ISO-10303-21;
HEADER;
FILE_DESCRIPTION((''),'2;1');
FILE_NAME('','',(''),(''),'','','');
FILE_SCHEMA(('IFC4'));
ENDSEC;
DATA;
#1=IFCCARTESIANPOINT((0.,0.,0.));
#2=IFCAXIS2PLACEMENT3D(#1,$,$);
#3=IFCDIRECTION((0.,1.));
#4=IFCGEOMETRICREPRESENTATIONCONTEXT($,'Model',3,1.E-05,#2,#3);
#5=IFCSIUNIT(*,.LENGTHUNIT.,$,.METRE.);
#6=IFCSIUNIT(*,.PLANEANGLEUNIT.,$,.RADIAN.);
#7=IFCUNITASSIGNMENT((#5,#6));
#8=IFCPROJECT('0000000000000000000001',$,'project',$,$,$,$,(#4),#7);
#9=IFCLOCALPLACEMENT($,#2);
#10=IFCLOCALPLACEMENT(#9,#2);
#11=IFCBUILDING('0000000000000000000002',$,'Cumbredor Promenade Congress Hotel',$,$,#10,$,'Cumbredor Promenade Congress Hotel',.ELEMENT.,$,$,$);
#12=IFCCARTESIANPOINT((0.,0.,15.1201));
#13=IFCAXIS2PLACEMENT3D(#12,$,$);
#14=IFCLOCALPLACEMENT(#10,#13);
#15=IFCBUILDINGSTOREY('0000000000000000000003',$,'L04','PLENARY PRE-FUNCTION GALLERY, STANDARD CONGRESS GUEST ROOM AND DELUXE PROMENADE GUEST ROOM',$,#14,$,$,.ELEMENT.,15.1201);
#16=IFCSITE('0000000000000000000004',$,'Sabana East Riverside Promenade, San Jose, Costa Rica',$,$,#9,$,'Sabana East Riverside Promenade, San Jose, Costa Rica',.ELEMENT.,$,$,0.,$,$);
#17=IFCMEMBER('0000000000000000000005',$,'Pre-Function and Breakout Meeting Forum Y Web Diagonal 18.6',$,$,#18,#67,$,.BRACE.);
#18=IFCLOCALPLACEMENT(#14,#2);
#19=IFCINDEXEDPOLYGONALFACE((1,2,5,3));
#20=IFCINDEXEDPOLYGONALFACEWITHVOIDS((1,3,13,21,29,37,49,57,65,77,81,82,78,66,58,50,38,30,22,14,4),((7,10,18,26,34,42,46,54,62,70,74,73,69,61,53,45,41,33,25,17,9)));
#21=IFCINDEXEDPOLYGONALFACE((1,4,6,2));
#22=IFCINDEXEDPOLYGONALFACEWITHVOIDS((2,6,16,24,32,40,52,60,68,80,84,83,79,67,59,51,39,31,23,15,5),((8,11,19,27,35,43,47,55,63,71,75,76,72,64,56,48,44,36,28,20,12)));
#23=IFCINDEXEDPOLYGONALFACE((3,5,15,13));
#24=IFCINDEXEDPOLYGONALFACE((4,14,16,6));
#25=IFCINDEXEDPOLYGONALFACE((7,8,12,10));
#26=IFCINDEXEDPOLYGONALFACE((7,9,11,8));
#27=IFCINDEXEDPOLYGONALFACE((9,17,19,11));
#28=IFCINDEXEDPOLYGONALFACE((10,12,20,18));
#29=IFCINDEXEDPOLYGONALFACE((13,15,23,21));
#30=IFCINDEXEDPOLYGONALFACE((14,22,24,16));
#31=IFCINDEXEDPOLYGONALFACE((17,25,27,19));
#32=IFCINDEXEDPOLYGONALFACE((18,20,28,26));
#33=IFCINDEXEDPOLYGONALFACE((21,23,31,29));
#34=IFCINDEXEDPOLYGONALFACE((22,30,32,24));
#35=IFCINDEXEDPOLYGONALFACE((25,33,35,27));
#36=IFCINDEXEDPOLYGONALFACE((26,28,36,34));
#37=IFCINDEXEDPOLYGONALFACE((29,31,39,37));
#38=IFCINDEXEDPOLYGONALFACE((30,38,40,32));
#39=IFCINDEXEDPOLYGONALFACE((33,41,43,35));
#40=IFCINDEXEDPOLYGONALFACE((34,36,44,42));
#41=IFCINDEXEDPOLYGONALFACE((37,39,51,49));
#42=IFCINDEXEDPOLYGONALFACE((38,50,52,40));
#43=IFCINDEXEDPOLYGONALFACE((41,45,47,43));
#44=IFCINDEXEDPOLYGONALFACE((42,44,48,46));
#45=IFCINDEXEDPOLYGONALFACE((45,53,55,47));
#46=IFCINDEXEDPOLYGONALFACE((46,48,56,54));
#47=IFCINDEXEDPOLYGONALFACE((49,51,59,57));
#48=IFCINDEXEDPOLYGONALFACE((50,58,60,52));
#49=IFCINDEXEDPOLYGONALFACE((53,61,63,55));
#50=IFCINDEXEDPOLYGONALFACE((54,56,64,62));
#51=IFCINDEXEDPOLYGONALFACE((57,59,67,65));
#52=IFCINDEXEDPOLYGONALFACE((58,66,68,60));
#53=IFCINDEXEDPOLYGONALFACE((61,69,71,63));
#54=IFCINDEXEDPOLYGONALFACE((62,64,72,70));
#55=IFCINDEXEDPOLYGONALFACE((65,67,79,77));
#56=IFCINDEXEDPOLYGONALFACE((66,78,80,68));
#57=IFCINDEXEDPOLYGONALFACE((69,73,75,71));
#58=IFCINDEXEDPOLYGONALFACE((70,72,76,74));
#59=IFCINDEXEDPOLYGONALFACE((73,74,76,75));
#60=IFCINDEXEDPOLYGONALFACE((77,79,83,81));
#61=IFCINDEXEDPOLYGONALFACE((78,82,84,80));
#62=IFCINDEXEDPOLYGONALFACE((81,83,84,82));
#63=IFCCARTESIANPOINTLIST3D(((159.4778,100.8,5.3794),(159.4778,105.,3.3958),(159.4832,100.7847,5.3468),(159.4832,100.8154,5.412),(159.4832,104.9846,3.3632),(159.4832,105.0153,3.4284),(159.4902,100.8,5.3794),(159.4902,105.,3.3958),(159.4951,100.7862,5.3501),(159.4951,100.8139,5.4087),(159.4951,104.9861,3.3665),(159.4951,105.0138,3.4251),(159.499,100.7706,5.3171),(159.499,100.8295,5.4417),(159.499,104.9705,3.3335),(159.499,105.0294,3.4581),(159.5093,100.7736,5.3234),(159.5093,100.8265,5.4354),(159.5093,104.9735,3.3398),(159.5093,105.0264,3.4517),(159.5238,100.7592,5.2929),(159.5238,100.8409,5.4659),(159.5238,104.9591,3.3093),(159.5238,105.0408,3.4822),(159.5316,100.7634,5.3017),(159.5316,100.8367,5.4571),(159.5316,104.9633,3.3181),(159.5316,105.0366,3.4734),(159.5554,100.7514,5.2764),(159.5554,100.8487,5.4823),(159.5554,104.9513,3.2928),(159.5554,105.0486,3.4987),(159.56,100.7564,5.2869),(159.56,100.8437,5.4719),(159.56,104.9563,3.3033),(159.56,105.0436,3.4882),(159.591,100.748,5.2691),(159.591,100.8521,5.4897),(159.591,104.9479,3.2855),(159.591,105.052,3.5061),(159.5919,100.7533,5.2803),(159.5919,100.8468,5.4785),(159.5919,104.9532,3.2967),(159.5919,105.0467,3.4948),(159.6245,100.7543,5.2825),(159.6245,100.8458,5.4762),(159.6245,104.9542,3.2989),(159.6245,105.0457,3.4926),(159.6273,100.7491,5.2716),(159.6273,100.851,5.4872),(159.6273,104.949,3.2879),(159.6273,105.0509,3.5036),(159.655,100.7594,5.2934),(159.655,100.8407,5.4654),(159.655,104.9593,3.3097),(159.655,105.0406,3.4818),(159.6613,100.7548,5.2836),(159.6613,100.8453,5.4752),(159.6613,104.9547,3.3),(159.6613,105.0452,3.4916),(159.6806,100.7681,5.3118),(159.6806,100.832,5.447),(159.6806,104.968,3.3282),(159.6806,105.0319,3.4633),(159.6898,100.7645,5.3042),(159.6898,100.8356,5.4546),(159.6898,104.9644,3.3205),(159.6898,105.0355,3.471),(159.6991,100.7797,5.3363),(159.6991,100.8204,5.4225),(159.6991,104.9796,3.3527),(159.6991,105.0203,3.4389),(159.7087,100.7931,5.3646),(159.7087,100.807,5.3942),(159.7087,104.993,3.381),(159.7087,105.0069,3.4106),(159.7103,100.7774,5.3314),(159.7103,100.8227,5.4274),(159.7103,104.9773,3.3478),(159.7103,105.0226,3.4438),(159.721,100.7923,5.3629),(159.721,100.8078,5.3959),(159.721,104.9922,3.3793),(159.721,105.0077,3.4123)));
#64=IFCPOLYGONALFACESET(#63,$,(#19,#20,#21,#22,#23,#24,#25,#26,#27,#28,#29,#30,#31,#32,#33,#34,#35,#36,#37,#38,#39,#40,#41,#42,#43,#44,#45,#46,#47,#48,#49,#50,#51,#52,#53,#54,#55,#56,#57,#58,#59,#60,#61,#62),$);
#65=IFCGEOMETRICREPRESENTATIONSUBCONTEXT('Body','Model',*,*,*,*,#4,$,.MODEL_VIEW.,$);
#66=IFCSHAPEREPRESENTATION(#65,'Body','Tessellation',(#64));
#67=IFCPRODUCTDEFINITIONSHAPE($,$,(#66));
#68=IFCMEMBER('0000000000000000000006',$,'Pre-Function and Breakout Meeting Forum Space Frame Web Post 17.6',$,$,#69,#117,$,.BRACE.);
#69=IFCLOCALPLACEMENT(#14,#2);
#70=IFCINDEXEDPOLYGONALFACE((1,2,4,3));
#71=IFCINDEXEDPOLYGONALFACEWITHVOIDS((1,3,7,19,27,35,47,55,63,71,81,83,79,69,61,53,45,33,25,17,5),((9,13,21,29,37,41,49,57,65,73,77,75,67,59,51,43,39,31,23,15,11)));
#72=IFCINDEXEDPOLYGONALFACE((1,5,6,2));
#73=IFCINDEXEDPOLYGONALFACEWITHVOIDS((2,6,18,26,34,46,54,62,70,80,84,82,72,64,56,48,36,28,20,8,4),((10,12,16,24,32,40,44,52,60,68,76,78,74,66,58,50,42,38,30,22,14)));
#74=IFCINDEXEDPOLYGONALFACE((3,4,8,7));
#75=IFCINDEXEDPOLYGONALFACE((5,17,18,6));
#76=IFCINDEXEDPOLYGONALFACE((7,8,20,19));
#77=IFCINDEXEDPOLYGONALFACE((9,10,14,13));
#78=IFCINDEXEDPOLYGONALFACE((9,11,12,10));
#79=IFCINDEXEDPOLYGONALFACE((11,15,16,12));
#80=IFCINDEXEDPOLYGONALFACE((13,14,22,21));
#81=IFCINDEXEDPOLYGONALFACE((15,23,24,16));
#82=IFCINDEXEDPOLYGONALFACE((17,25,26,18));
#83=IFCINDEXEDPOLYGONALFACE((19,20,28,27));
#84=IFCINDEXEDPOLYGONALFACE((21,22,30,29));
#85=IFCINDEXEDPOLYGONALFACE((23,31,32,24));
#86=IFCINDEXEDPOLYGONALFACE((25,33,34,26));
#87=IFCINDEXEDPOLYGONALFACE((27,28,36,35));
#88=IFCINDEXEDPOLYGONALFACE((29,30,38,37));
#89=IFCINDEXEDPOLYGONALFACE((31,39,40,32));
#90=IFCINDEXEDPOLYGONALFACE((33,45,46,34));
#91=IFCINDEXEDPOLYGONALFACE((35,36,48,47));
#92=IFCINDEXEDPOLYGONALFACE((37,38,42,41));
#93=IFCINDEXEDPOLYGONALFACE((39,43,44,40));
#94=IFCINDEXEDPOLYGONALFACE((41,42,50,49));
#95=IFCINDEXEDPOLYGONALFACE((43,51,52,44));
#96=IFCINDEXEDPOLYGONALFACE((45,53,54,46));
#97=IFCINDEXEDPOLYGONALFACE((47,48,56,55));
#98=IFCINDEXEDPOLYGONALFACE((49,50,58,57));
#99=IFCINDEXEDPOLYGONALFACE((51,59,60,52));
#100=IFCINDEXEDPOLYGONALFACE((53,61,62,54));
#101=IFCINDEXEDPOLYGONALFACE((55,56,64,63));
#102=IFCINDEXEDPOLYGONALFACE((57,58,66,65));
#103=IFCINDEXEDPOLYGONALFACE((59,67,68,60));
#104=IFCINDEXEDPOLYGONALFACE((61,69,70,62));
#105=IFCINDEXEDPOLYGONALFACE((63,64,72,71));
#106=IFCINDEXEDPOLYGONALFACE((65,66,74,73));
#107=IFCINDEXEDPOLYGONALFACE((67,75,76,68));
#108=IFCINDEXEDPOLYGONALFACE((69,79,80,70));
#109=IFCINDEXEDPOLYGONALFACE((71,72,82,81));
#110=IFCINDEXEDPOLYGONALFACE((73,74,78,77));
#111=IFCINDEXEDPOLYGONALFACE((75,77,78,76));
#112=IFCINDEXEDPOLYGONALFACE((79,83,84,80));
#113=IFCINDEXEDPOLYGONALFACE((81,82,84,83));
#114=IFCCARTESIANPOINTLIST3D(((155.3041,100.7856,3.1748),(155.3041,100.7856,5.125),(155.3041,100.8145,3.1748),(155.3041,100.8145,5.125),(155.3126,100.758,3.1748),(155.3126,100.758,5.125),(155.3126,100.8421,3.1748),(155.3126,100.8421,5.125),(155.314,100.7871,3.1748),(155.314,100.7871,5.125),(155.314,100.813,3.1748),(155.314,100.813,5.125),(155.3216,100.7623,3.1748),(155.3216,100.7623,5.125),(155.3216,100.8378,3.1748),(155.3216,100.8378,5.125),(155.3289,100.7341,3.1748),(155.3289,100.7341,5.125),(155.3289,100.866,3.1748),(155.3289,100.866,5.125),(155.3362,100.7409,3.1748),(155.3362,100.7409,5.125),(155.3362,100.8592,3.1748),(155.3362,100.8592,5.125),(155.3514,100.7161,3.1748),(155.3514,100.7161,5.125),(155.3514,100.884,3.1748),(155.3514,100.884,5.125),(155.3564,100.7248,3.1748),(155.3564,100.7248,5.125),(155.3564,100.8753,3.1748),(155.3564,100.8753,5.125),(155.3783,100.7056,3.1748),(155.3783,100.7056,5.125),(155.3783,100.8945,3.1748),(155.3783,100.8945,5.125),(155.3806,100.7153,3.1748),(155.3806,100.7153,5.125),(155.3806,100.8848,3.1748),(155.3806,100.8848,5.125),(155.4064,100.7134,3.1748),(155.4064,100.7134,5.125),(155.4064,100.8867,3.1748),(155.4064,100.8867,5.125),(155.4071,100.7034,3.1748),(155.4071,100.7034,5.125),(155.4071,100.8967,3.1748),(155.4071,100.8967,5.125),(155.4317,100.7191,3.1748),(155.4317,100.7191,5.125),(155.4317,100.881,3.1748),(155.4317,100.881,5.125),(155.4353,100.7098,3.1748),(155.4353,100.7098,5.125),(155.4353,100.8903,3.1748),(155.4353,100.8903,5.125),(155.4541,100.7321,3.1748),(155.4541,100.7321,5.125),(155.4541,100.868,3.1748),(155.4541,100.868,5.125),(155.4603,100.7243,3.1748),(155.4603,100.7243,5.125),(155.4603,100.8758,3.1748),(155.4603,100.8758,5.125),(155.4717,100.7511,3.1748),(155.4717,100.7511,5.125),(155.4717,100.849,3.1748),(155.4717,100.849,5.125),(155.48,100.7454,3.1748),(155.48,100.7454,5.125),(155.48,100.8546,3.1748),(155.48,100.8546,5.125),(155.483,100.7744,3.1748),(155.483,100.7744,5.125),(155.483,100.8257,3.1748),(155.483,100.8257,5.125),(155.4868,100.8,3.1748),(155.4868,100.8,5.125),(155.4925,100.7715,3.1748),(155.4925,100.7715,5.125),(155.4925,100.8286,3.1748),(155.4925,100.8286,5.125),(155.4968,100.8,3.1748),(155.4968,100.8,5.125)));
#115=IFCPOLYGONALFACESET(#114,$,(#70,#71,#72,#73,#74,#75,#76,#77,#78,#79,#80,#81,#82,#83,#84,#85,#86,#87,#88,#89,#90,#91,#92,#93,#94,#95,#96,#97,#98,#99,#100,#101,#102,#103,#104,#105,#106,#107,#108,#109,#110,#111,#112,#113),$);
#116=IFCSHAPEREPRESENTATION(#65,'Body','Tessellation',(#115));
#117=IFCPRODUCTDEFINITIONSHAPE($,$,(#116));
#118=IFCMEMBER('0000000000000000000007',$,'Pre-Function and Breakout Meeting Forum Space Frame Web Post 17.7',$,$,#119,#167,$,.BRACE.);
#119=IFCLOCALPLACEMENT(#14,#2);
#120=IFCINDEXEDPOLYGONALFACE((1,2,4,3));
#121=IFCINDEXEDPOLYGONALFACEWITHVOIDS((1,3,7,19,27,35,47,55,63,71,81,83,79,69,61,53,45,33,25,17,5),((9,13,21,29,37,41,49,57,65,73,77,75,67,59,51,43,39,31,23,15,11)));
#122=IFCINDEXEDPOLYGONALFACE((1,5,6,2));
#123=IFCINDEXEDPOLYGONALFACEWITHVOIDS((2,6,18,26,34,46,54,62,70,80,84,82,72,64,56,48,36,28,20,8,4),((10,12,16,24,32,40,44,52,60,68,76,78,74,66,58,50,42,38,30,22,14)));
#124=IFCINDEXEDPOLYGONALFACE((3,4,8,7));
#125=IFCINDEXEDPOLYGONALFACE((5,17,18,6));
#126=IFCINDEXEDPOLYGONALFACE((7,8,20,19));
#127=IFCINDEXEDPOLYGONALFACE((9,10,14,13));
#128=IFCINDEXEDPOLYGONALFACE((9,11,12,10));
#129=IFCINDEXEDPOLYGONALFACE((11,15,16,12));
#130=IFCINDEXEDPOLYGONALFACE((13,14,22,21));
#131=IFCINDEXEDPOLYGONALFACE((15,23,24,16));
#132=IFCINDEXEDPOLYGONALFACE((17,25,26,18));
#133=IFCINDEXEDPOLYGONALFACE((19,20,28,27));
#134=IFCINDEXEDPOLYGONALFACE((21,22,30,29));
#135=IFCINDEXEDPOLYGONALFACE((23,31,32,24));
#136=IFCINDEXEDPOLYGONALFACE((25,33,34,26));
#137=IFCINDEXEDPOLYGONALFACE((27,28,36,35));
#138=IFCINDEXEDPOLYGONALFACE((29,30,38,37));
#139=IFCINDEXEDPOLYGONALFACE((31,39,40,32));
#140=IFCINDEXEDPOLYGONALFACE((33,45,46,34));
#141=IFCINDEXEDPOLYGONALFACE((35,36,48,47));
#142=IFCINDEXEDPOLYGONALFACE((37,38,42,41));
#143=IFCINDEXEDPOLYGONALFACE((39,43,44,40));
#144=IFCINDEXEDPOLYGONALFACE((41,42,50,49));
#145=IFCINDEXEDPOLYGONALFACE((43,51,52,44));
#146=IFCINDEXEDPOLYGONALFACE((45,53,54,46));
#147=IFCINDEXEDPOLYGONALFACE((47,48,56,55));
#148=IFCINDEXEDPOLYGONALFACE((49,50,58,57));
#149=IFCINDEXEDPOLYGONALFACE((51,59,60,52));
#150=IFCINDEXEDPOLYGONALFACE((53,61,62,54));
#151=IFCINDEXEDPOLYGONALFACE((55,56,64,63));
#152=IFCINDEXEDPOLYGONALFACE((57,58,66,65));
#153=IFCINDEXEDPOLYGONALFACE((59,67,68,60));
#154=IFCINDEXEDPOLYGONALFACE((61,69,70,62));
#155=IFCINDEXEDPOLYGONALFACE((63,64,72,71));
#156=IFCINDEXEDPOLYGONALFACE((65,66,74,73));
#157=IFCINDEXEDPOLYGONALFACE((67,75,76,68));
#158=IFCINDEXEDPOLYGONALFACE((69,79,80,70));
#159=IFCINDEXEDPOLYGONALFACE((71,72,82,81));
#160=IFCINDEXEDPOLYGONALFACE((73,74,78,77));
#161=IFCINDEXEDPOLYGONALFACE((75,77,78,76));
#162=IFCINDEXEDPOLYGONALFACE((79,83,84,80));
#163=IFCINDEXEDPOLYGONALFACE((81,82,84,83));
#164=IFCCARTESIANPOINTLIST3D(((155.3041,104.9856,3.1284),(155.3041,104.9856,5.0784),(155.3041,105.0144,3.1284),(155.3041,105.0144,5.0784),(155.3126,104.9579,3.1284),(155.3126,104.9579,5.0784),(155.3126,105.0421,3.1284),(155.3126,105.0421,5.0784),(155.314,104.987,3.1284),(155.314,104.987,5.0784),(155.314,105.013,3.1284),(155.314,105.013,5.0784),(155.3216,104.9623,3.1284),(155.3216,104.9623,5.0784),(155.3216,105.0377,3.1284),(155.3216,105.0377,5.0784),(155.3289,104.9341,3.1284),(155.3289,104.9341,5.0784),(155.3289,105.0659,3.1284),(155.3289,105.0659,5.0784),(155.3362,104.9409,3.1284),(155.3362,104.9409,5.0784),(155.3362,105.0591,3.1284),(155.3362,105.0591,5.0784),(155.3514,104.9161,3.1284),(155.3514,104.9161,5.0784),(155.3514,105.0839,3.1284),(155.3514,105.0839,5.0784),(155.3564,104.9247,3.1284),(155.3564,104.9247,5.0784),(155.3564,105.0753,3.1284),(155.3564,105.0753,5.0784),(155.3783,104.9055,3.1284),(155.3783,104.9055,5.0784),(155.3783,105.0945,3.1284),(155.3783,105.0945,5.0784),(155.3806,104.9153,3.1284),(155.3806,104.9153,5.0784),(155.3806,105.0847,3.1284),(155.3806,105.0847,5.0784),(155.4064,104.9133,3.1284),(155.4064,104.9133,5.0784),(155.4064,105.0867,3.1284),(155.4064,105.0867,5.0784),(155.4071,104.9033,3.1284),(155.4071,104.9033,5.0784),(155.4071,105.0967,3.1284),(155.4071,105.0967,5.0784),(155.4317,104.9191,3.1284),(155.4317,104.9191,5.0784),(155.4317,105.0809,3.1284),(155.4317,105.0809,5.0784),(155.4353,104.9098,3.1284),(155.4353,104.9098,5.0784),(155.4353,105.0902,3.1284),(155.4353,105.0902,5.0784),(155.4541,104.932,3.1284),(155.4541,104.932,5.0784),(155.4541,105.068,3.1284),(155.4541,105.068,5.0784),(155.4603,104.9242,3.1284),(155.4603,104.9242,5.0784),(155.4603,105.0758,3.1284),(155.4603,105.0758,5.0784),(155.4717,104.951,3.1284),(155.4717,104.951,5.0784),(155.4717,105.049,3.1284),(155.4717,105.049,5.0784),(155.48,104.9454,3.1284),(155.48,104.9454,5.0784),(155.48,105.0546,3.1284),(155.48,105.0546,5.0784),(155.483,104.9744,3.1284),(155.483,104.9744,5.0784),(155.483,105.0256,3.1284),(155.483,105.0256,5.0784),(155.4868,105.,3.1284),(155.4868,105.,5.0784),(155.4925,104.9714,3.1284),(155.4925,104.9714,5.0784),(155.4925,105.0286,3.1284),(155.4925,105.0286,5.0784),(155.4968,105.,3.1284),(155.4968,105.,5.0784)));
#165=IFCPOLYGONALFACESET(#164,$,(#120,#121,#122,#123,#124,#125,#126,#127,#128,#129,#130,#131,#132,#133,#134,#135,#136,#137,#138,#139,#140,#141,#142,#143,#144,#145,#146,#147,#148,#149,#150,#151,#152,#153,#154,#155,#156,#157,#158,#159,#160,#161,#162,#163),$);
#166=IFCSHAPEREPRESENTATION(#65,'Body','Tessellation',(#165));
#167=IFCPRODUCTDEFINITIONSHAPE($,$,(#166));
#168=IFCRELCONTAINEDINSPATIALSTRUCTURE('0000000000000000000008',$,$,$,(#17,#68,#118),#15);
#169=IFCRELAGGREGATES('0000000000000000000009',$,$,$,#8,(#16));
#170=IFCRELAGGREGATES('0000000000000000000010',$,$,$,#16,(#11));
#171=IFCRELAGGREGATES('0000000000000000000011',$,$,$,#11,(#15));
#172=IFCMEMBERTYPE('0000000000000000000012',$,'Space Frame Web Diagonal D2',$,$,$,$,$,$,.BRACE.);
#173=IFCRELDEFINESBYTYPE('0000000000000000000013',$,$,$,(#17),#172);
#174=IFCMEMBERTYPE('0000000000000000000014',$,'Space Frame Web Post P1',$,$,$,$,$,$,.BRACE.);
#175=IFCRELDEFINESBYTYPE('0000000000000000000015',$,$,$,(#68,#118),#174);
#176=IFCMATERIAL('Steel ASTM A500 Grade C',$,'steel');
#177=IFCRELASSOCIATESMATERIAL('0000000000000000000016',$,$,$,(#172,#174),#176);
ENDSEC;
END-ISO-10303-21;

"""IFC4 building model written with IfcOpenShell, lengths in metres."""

from ifc_helpers import new_model, si_unit, direction, frame, origin, origin_2d, place, context, subcontext, project, spatial, hollow_circle, extrude, material, material_profile, profile_set, type_object, element, save


model = new_model("IFC4")

# Units and contexts
model_context = context("Model", 3, precision=1e-05, world=origin(), true_north=direction((0.0, 1.0)))
body_context = subcontext(model_context, "Body", "Model", "MODEL_VIEW")
ifc_project = project(units=[si_unit("LENGTHUNIT", "METRE"), si_unit("PLANEANGLEUNIT", "RADIAN")], contexts=[model_context])

# Site, building, storey
site_placement = place(None, origin())
site = spatial("IfcSite", under=ifc_project, at=site_placement, Name="Sabana East Riverside Promenade, San Jose, Costa Rica", LongName="Sabana East Riverside Promenade, San Jose, Costa Rica", CompositionType="ELEMENT", RefElevation=0.0)
building_placement = place(site_placement, origin())
building = spatial("IfcBuilding", under=site, at=building_placement, Name="Cumbredor Promenade Congress Hotel", LongName="Cumbredor Promenade Congress Hotel", CompositionType="ELEMENT")
storey_placement = place(building_placement, frame((0.0, 0.0, 15.1201)))
storey = spatial("IfcBuildingStorey", under=building, at=storey_placement, Name="L04", Description="PLENARY PRE-FUNCTION GALLERY, STANDARD CONGRESS GUEST ROOM AND DELUXE PROMENADE GUEST ROOM", CompositionType="ELEMENT", Elevation=15.1201)

# Members
ifc_material_1 = material(Name="Steel ASTM A500 Grade C", Category="steel")
ifc_material_profile_1 = material_profile(ifc_material_1, hollow_circle(Radius=0.1223, WallThickness=0.0125, at=origin_2d()), Name="CHS 244.5x12.5")
ifc_profile_set_1 = profile_set([ifc_material_profile_1], Name="Steel ASTM A500 Grade C")
member_type_1 = type_object("IfcMemberType", Name="Space Frame Web Diagonal D2", PredefinedType="BRACE", material=ifc_profile_set_1)
member_1_placement = place(storey_placement, frame((159.6001, 100.8, 5.3794), z_axis=(0.0, 0.904221, -0.427065), x_axis=(-1.0, 0.0, 0.0)))
element("IfcMember", 1, at=member_1_placement, inside=storey, type_object=member_type_1, Name="Pre-Function and Breakout Meeting Forum Y Web Diagonal 18.6", PredefinedType="BRACE", context=body_context, shape_type="SweptSolid", body=[
    extrude(hollow_circle(Radius=0.1223, WallThickness=0.0125, at=origin_2d()), origin(), (0.0, 0.0, 1.0), 4.6448),
])
ifc_material_profile_2 = material_profile(ifc_material_1, hollow_circle(Radius=0.0969, WallThickness=0.01, at=origin_2d()), Name="CHS 193.7x10")
ifc_profile_set_2 = profile_set([ifc_material_profile_2], Name="Steel ASTM A500 Grade C")
member_type_2 = type_object("IfcMemberType", Name="Space Frame Web Post P1", PredefinedType="BRACE", material=ifc_profile_set_2)
member_2_placement = place(storey_placement, frame((155.3999, 100.8, 3.1748), z_axis=(0.0, 0.0, 1.0), x_axis=(1.0, 0.0, 0.0)))
element("IfcMember", 2, at=member_2_placement, inside=storey, type_object=member_type_2, Name="Pre-Function and Breakout Meeting Forum Space Frame Web Post 17.6", PredefinedType="BRACE", context=body_context, shape_type="SweptSolid", body=[
    extrude(hollow_circle(Radius=0.0969, WallThickness=0.01, at=origin_2d()), origin(), (0.0, 0.0, 1.0), 1.9502),
])
member_3_placement = place(storey_placement, frame((155.3999, 105.0, 3.1284), z_axis=(0.0, 0.0, 1.0), x_axis=(1.0, 0.0, 0.0)))
element("IfcMember", 3, at=member_3_placement, inside=storey, type_object=member_type_2, Name="Pre-Function and Breakout Meeting Forum Space Frame Web Post 17.7", PredefinedType="BRACE", context=body_context, shape_type="SweptSolid", body=[
    extrude(hollow_circle(Radius=0.0969, WallThickness=0.01, at=origin_2d()), origin(), (0.0, 0.0, 1.0), 1.95),
])

save(model, "model.ifc")
